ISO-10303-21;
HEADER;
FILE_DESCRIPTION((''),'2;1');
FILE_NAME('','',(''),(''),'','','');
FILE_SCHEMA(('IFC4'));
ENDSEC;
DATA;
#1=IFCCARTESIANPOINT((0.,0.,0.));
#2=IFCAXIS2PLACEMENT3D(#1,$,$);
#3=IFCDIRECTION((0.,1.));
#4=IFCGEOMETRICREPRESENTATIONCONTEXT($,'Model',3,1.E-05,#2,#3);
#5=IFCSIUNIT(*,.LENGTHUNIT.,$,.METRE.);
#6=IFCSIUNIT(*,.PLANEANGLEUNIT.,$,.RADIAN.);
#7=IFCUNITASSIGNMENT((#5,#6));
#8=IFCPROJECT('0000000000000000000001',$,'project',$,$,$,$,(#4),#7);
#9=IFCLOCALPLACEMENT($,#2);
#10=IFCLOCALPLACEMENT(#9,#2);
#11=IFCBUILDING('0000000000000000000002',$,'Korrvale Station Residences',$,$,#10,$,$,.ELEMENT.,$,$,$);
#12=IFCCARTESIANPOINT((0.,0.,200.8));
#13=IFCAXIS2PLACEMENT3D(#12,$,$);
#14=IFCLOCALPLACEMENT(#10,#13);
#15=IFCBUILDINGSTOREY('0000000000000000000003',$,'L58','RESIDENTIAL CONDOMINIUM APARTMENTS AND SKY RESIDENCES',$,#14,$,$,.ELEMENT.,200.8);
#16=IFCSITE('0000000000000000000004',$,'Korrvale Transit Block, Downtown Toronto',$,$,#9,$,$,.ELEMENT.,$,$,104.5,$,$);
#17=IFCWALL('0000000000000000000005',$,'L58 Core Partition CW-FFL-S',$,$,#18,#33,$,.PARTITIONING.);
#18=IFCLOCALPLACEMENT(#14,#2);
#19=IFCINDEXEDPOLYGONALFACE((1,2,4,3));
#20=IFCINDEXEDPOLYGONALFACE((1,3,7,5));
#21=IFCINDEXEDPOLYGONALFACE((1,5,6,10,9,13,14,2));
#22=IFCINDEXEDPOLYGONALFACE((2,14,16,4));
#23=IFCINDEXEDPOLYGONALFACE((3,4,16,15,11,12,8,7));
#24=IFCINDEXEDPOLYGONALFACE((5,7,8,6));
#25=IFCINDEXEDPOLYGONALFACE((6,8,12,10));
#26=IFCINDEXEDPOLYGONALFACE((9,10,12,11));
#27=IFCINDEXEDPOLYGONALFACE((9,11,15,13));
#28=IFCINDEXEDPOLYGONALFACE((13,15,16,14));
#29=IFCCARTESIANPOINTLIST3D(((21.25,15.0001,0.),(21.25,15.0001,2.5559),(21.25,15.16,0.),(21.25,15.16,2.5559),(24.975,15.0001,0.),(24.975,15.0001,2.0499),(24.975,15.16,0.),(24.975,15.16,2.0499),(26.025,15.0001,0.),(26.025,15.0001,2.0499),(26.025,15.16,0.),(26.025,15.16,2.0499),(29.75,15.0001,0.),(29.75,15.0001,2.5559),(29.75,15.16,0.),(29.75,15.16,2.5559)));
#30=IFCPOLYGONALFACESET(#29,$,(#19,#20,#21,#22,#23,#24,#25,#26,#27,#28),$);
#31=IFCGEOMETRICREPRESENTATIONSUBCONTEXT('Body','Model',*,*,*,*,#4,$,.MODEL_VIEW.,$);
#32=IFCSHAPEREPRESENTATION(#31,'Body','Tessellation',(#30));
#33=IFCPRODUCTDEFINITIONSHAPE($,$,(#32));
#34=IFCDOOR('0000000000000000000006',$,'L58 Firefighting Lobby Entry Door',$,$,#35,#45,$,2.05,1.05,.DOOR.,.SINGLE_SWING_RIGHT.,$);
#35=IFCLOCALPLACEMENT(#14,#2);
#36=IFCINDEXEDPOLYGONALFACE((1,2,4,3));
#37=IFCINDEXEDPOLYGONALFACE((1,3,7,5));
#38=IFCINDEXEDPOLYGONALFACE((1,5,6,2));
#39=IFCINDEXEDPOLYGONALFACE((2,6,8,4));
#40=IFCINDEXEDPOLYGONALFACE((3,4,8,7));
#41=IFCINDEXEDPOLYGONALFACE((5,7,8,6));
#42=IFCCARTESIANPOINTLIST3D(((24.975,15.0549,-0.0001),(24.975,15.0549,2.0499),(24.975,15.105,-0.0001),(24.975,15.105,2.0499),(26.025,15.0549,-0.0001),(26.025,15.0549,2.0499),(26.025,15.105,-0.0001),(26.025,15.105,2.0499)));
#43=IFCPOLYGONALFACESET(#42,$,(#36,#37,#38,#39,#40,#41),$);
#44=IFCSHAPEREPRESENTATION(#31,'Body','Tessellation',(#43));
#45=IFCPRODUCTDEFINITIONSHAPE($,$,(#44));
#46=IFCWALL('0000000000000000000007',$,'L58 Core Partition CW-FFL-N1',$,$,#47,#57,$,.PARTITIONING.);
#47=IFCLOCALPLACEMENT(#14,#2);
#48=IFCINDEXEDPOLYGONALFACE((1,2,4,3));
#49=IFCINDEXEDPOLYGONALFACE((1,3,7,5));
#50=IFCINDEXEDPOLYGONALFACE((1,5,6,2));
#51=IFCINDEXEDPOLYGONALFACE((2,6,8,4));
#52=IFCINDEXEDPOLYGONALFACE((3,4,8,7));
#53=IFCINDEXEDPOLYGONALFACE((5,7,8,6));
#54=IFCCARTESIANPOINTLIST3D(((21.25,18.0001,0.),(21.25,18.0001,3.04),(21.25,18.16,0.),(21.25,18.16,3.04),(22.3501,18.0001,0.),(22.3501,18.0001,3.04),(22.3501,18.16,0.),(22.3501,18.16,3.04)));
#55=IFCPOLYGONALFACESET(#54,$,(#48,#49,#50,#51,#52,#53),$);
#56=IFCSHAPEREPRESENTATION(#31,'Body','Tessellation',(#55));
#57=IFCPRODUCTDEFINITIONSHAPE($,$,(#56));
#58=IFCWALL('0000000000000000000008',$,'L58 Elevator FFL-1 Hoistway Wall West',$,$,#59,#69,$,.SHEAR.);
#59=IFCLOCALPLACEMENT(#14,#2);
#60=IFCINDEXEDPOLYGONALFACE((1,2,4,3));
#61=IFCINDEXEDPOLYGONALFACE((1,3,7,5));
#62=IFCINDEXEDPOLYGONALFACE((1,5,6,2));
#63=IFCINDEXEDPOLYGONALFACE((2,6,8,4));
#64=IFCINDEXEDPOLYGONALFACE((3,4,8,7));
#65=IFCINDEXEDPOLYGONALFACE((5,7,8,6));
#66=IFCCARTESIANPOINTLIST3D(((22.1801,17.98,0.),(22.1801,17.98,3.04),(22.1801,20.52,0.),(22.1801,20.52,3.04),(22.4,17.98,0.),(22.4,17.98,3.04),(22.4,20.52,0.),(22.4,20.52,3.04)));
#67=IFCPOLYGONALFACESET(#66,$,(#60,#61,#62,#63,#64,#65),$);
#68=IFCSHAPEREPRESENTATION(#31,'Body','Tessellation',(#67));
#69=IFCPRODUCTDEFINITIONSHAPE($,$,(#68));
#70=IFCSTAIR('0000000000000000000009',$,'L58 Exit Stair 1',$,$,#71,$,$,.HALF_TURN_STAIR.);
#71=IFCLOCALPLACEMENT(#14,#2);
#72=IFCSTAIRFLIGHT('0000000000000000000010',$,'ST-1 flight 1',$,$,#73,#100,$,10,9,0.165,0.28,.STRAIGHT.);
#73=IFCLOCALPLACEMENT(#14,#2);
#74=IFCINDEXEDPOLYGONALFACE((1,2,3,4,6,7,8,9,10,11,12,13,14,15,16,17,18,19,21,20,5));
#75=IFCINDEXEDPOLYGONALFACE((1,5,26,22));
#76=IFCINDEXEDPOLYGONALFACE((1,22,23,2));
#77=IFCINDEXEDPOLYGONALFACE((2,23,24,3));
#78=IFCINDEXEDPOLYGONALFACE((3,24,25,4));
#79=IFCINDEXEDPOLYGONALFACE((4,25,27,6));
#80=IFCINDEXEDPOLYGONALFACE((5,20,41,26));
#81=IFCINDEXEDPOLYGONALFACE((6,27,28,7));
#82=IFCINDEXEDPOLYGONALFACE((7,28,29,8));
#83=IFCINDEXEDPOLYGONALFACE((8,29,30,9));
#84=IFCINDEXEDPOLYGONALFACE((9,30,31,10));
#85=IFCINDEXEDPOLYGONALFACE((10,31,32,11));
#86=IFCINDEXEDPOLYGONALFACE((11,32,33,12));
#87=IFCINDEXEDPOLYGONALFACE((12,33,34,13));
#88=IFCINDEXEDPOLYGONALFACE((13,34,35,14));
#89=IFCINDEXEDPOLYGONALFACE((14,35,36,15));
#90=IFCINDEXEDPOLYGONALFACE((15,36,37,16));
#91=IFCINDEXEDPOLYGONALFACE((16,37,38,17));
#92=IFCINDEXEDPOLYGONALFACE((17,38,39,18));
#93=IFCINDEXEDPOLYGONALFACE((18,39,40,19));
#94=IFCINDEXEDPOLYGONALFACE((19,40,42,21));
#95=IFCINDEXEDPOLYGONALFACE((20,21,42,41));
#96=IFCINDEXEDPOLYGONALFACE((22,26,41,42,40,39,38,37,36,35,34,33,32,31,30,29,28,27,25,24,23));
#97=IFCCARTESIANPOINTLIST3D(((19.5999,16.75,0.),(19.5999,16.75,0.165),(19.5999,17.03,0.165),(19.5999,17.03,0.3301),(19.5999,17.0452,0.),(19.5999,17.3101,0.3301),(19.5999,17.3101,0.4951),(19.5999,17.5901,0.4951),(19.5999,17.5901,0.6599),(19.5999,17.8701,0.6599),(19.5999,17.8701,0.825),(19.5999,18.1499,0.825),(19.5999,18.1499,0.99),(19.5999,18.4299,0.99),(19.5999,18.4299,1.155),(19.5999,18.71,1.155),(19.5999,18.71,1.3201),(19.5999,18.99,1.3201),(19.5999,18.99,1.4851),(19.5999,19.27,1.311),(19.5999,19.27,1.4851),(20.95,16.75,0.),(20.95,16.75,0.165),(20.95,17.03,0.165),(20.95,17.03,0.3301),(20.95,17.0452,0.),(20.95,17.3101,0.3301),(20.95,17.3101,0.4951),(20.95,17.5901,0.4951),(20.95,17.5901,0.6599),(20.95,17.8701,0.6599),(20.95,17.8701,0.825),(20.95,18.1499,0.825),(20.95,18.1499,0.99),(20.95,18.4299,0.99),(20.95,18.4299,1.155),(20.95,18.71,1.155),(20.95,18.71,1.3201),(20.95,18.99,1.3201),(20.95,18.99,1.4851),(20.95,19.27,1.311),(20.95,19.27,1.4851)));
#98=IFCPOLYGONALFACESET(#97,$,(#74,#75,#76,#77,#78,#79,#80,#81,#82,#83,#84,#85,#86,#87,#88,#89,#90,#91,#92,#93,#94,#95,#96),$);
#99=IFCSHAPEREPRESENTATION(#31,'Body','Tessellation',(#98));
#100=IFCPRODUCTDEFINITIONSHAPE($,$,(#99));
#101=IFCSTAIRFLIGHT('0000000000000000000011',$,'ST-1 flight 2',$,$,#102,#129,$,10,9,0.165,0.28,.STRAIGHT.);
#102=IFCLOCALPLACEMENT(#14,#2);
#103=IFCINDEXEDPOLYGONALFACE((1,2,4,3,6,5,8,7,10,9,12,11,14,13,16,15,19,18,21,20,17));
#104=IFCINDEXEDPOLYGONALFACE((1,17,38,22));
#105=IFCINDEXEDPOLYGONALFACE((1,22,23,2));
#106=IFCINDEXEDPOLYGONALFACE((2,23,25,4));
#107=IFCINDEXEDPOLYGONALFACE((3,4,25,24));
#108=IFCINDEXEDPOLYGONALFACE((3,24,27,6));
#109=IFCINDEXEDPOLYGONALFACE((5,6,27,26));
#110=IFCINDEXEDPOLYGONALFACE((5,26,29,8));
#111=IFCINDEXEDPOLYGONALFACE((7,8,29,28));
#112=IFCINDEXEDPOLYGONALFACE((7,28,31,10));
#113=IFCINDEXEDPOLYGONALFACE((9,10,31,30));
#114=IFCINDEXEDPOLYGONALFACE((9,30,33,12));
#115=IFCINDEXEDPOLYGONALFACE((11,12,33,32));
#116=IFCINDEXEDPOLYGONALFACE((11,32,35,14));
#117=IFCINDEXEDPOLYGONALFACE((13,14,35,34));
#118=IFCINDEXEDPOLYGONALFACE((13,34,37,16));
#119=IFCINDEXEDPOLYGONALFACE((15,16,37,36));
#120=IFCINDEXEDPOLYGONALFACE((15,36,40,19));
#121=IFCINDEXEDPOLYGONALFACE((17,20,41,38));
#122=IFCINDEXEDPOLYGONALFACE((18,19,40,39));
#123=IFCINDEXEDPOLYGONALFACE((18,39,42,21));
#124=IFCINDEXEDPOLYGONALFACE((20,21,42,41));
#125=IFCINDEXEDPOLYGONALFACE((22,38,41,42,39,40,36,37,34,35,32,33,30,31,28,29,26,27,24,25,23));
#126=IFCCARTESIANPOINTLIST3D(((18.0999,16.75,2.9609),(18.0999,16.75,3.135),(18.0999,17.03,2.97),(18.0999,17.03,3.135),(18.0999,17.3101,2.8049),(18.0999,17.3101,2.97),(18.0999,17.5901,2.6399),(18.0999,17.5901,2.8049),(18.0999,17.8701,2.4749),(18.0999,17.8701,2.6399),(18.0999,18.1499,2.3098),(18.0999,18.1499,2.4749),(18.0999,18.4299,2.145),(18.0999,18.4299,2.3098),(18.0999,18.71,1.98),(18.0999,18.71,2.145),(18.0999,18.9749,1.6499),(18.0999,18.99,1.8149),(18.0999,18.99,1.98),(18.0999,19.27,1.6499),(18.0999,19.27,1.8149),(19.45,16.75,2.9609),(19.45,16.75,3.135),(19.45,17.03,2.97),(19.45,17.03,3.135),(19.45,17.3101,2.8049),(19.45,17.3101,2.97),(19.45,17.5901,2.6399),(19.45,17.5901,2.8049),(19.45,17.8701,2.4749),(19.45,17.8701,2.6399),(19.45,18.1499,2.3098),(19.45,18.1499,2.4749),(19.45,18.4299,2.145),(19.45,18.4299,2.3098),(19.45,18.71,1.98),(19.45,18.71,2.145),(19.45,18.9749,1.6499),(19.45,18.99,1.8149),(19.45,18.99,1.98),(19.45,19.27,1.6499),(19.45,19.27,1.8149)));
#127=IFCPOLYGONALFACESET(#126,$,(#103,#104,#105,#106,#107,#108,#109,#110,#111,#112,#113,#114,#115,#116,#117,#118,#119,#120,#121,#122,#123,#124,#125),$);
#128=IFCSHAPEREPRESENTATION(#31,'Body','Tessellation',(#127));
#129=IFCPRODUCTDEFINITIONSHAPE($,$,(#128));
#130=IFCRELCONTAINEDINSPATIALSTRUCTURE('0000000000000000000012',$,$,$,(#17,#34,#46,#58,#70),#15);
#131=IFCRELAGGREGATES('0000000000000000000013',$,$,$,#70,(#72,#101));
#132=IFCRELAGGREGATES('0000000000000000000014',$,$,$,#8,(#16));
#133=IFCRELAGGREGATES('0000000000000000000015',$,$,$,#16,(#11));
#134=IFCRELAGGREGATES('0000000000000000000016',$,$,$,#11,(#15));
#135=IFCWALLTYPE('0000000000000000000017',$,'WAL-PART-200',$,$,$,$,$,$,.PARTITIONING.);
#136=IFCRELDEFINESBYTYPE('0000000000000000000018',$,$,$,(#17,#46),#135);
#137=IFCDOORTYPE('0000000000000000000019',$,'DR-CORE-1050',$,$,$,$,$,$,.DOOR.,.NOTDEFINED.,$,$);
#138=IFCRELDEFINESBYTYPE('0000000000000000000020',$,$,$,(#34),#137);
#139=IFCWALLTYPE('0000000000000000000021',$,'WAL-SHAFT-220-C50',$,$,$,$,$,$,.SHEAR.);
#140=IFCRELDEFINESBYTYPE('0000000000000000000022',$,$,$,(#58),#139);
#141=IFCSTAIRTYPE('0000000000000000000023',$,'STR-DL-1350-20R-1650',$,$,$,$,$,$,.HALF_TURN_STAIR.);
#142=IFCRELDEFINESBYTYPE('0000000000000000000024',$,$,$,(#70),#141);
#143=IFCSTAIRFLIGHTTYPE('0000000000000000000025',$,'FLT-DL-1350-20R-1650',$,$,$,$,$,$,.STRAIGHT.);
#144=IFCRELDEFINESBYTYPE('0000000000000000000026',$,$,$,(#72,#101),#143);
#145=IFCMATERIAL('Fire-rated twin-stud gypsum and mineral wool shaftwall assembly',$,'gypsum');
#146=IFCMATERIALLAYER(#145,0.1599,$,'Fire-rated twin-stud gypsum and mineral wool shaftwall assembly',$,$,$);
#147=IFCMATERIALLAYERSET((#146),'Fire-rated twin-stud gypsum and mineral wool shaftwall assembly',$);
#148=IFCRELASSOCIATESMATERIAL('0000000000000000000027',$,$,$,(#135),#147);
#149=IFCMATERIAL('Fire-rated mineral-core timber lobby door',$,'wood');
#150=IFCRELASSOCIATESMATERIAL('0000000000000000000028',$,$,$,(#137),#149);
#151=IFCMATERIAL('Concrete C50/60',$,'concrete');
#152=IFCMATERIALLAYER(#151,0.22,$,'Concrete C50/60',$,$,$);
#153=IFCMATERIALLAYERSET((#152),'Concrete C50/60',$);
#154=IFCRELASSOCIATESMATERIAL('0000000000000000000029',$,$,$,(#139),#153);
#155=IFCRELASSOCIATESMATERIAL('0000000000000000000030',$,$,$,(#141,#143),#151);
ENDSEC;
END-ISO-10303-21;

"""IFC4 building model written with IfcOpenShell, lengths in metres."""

from ifc_helpers import new_model, si_unit, direction, frame, frame_2d, origin, place, context, subcontext, project, spatial, polyline, rectangle, outline, extrude, material, layer, layer_set, type_object, element, fill, aggregate, save


model = new_model("IFC4")

# Units and contexts
model_context = context("Model", 3, precision=1e-05, world=origin(), true_north=direction((0.0, 1.0)))
body_context = subcontext(model_context, "Body", "Model", "MODEL_VIEW")
ifc_project = project(units=[si_unit("LENGTHUNIT", "METRE"), si_unit("PLANEANGLEUNIT", "RADIAN")], contexts=[model_context])

# Site, building, storey
site_placement = place(None, origin())
site = spatial("IfcSite", under=ifc_project, at=site_placement, Name="Korrvale Transit Block, Downtown Toronto", CompositionType="ELEMENT", RefElevation=104.5)
building_placement = place(site_placement, origin())
building = spatial("IfcBuilding", under=site, at=building_placement, Name="Korrvale Station Residences", CompositionType="ELEMENT")
storey_placement = place(building_placement, frame((0.0, 0.0, 200.8)))
storey = spatial("IfcBuildingStorey", under=building, at=storey_placement, Name="L58", Description="RESIDENTIAL CONDOMINIUM APARTMENTS AND SKY RESIDENCES", CompositionType="ELEMENT", Elevation=200.8)

# Shared definitions
ifc_material_1 = material(Name="Concrete C50/60", Category="concrete")

# Wall, opening, door
ifc_material_2 = material(Name="Fire-rated twin-stud gypsum and mineral wool shaftwall assembly", Category="gypsum")
ifc_layer_1 = layer(ifc_material_2, 0.1599, Name="Fire-rated twin-stud gypsum and mineral wool shaftwall assembly")
ifc_layer_set_1 = layer_set([ifc_layer_1], Name="Fire-rated twin-stud gypsum and mineral wool shaftwall assembly")
wall_type_1 = type_object("IfcWallType", Name="WAL-PART-200", PredefinedType="PARTITIONING", material=ifc_layer_set_1)
wall_1_placement = place(storey_placement, frame((21.25, 15.0801, 0.0), z_axis=(0.0, 0.0, 1.0), x_axis=(1.0, 0.0, 0.0)))
wall_1 = element("IfcWall", 1, at=wall_1_placement, inside=storey, type_object=wall_type_1, Name="L58 Core Partition CW-FFL-S", PredefinedType="PARTITIONING", context=body_context, shape_type="SweptSolid", body=[
    extrude(rectangle(XDim=8.5, YDim=0.1599, at=frame_2d((4.25, 0.0))), origin(), (0.0, 0.0, 1.0), 2.5559),
])
opening_1_placement = place(wall_1_placement, frame((3.7251, 0.0, 0.0)))
opening_1 = element("IfcOpeningElement", 2, at=opening_1_placement, cuts=wall_1, PredefinedType="OPENING", context=body_context, shape_type="SweptSolid", body=[
    extrude(rectangle(XDim=1.05, YDim=2.05, at=frame_2d((0.5249, 1.0249))), frame((0.0, 0.0898, 0.0), z_axis=(0.0, -1.0, 0.0), x_axis=(1.0, 0.0, 0.0)), (0.0, 0.0, 1.0), 0.1799),
])
ifc_material_3 = material(Name="Fire-rated mineral-core timber lobby door", Category="wood")
door_type_1 = type_object("IfcDoorType", Name="DR-CORE-1050", OperationType="NOTDEFINED", PredefinedType="DOOR", material=ifc_material_3)
door_1_placement = place(opening_1_placement, origin())
door_1 = element("IfcDoor", 3, at=door_1_placement, inside=storey, type_object=door_type_1, Name="L58 Firefighting Lobby Entry Door", OperationType="SINGLE_SWING_RIGHT", OverallHeight=2.05, OverallWidth=1.05, PredefinedType="DOOR", context=body_context, shape_type="SweptSolid", body=[
    extrude(rectangle(XDim=1.05, YDim=2.05, at=frame_2d((0.5249, 1.0249))), frame((0.0, 0.0249, 0.0), z_axis=(0.0, -1.0, 0.0), x_axis=(1.0, 0.0, 0.0)), (0.0, 0.0, 1.0), 0.05),
])
fill(opening_1, door_1)

# Wall
wall_2_placement = place(storey_placement, frame((21.25, 18.0801, 0.0), z_axis=(0.0, 0.0, 1.0), x_axis=(1.0, 0.0, 0.0)))
element("IfcWall", 4, at=wall_2_placement, inside=storey, type_object=wall_type_1, Name="L58 Core Partition CW-FFL-N1", PredefinedType="PARTITIONING", context=body_context, shape_type="SweptSolid", body=[
    extrude(rectangle(XDim=1.1001, YDim=0.1599, at=frame_2d((0.55, 0.0))), origin(), (0.0, 0.0, 1.0), 3.04),
])

# Shared definitions
ifc_layer_2 = layer(ifc_material_1, 0.22, Name="Concrete C50/60")
ifc_layer_set_2 = layer_set([ifc_layer_2], Name="Concrete C50/60")
wall_type_2 = type_object("IfcWallType", Name="WAL-SHAFT-220-C50", PredefinedType="SHEAR", material=ifc_layer_set_2)

# Wall
wall_3_placement = place(storey_placement, frame((22.29, 17.98, 0.0), z_axis=(0.0, 0.0, 1.0), x_axis=(0.0, 1.0, 0.0)))
element("IfcWall", 5, at=wall_3_placement, inside=storey, type_object=wall_type_2, Name="L58 Elevator FFL-1 Hoistway Wall West", PredefinedType="SHEAR", context=body_context, shape_type="SweptSolid", body=[
    extrude(rectangle(XDim=2.54, YDim=0.22, at=frame_2d((1.27, 0.0))), origin(), (0.0, 0.0, 1.0), 3.04),
])

# Stair, stair flights
stair_type = type_object("IfcStairType", Name="STR-DL-1350-20R-1650", PredefinedType="HALF_TURN_STAIR", material=ifc_material_1)
stair_placement = place(storey_placement, origin())
stair = element("IfcStair", 6, at=stair_placement, inside=storey, type_object=stair_type, Name="L58 Exit Stair 1", PredefinedType="HALF_TURN_STAIR")
stair_flight_type = type_object("IfcStairFlightType", Name="FLT-DL-1350-20R-1650", PredefinedType="STRAIGHT", material=ifc_material_1)
stair_flight_1_placement = place(storey_placement, frame((20.2749, 16.75, 0.0), z_axis=(0.0, 0.0, 1.0), x_axis=(0.0, 1.0, 0.0)))
stair_flight_1 = element("IfcStairFlight", 7, at=stair_flight_1_placement, type_object=stair_flight_type, Name="ST-1 flight 1", NumberOfRisers=10, NumberOfTreads=9, PredefinedType="STRAIGHT", RiserHeight=0.165, TreadLength=0.28, context=body_context, shape_type="SweptSolid", body=[
    extrude(outline(polyline([(0.0, 0.0), (0.0, 0.165), (0.28, 0.165), (0.28, 0.3301), (0.5601, 0.3301), (0.5601, 0.4951), (0.8401, 0.4951), (0.8401, 0.6599), (1.1201, 0.6599), (1.1201, 0.825), (1.3999, 0.825), (1.3999, 0.99), (1.6799, 0.99), (1.6799, 1.155), (1.96, 1.155), (1.96, 1.3201), (2.24, 1.3201), (2.24, 1.4851), (2.52, 1.4851), (2.52, 1.6499), (2.52, 1.311), (0.2952, 0.0), (0.0, 0.0)])), frame((0.0, 0.675, 0.0), z_axis=(0.0, -1.0, 0.0), x_axis=(1.0, 0.0, 0.0)), (0.0, 0.0, 1.0), 1.3501),
])
stair_flight_2_placement = place(storey_placement, frame((18.7749, 19.27, 1.6499), z_axis=(0.0, 0.0, 1.0), x_axis=(0.0, -1.0, 0.0)))
stair_flight_2 = element("IfcStairFlight", 8, at=stair_flight_2_placement, type_object=stair_flight_type, Name="ST-1 flight 2", NumberOfRisers=10, NumberOfTreads=9, PredefinedType="STRAIGHT", RiserHeight=0.165, TreadLength=0.28, context=body_context, shape_type="SweptSolid", body=[
    extrude(outline(polyline([(0.0, 0.0), (0.0, 0.165), (0.28, 0.165), (0.28, 0.3301), (0.5601, 0.3301), (0.5601, 0.4951), (0.8401, 0.4951), (0.8401, 0.6599), (1.1201, 0.6599), (1.1201, 0.825), (1.3999, 0.825), (1.3999, 0.99), (1.6799, 0.99), (1.6799, 1.155), (1.96, 1.155), (1.96, 1.3201), (2.24, 1.3201), (2.24, 1.4851), (2.52, 1.4851), (2.52, 1.6499), (2.52, 1.311), (0.2952, 0.0), (0.0, 0.0)])), frame((0.0, 0.675, 0.0), z_axis=(0.0, -1.0, 0.0), x_axis=(1.0, 0.0, 0.0)), (0.0, 0.0, 1.0), 1.3501),
])
aggregate(stair, [stair_flight_1, stair_flight_2])

save(model, "model.ifc")
